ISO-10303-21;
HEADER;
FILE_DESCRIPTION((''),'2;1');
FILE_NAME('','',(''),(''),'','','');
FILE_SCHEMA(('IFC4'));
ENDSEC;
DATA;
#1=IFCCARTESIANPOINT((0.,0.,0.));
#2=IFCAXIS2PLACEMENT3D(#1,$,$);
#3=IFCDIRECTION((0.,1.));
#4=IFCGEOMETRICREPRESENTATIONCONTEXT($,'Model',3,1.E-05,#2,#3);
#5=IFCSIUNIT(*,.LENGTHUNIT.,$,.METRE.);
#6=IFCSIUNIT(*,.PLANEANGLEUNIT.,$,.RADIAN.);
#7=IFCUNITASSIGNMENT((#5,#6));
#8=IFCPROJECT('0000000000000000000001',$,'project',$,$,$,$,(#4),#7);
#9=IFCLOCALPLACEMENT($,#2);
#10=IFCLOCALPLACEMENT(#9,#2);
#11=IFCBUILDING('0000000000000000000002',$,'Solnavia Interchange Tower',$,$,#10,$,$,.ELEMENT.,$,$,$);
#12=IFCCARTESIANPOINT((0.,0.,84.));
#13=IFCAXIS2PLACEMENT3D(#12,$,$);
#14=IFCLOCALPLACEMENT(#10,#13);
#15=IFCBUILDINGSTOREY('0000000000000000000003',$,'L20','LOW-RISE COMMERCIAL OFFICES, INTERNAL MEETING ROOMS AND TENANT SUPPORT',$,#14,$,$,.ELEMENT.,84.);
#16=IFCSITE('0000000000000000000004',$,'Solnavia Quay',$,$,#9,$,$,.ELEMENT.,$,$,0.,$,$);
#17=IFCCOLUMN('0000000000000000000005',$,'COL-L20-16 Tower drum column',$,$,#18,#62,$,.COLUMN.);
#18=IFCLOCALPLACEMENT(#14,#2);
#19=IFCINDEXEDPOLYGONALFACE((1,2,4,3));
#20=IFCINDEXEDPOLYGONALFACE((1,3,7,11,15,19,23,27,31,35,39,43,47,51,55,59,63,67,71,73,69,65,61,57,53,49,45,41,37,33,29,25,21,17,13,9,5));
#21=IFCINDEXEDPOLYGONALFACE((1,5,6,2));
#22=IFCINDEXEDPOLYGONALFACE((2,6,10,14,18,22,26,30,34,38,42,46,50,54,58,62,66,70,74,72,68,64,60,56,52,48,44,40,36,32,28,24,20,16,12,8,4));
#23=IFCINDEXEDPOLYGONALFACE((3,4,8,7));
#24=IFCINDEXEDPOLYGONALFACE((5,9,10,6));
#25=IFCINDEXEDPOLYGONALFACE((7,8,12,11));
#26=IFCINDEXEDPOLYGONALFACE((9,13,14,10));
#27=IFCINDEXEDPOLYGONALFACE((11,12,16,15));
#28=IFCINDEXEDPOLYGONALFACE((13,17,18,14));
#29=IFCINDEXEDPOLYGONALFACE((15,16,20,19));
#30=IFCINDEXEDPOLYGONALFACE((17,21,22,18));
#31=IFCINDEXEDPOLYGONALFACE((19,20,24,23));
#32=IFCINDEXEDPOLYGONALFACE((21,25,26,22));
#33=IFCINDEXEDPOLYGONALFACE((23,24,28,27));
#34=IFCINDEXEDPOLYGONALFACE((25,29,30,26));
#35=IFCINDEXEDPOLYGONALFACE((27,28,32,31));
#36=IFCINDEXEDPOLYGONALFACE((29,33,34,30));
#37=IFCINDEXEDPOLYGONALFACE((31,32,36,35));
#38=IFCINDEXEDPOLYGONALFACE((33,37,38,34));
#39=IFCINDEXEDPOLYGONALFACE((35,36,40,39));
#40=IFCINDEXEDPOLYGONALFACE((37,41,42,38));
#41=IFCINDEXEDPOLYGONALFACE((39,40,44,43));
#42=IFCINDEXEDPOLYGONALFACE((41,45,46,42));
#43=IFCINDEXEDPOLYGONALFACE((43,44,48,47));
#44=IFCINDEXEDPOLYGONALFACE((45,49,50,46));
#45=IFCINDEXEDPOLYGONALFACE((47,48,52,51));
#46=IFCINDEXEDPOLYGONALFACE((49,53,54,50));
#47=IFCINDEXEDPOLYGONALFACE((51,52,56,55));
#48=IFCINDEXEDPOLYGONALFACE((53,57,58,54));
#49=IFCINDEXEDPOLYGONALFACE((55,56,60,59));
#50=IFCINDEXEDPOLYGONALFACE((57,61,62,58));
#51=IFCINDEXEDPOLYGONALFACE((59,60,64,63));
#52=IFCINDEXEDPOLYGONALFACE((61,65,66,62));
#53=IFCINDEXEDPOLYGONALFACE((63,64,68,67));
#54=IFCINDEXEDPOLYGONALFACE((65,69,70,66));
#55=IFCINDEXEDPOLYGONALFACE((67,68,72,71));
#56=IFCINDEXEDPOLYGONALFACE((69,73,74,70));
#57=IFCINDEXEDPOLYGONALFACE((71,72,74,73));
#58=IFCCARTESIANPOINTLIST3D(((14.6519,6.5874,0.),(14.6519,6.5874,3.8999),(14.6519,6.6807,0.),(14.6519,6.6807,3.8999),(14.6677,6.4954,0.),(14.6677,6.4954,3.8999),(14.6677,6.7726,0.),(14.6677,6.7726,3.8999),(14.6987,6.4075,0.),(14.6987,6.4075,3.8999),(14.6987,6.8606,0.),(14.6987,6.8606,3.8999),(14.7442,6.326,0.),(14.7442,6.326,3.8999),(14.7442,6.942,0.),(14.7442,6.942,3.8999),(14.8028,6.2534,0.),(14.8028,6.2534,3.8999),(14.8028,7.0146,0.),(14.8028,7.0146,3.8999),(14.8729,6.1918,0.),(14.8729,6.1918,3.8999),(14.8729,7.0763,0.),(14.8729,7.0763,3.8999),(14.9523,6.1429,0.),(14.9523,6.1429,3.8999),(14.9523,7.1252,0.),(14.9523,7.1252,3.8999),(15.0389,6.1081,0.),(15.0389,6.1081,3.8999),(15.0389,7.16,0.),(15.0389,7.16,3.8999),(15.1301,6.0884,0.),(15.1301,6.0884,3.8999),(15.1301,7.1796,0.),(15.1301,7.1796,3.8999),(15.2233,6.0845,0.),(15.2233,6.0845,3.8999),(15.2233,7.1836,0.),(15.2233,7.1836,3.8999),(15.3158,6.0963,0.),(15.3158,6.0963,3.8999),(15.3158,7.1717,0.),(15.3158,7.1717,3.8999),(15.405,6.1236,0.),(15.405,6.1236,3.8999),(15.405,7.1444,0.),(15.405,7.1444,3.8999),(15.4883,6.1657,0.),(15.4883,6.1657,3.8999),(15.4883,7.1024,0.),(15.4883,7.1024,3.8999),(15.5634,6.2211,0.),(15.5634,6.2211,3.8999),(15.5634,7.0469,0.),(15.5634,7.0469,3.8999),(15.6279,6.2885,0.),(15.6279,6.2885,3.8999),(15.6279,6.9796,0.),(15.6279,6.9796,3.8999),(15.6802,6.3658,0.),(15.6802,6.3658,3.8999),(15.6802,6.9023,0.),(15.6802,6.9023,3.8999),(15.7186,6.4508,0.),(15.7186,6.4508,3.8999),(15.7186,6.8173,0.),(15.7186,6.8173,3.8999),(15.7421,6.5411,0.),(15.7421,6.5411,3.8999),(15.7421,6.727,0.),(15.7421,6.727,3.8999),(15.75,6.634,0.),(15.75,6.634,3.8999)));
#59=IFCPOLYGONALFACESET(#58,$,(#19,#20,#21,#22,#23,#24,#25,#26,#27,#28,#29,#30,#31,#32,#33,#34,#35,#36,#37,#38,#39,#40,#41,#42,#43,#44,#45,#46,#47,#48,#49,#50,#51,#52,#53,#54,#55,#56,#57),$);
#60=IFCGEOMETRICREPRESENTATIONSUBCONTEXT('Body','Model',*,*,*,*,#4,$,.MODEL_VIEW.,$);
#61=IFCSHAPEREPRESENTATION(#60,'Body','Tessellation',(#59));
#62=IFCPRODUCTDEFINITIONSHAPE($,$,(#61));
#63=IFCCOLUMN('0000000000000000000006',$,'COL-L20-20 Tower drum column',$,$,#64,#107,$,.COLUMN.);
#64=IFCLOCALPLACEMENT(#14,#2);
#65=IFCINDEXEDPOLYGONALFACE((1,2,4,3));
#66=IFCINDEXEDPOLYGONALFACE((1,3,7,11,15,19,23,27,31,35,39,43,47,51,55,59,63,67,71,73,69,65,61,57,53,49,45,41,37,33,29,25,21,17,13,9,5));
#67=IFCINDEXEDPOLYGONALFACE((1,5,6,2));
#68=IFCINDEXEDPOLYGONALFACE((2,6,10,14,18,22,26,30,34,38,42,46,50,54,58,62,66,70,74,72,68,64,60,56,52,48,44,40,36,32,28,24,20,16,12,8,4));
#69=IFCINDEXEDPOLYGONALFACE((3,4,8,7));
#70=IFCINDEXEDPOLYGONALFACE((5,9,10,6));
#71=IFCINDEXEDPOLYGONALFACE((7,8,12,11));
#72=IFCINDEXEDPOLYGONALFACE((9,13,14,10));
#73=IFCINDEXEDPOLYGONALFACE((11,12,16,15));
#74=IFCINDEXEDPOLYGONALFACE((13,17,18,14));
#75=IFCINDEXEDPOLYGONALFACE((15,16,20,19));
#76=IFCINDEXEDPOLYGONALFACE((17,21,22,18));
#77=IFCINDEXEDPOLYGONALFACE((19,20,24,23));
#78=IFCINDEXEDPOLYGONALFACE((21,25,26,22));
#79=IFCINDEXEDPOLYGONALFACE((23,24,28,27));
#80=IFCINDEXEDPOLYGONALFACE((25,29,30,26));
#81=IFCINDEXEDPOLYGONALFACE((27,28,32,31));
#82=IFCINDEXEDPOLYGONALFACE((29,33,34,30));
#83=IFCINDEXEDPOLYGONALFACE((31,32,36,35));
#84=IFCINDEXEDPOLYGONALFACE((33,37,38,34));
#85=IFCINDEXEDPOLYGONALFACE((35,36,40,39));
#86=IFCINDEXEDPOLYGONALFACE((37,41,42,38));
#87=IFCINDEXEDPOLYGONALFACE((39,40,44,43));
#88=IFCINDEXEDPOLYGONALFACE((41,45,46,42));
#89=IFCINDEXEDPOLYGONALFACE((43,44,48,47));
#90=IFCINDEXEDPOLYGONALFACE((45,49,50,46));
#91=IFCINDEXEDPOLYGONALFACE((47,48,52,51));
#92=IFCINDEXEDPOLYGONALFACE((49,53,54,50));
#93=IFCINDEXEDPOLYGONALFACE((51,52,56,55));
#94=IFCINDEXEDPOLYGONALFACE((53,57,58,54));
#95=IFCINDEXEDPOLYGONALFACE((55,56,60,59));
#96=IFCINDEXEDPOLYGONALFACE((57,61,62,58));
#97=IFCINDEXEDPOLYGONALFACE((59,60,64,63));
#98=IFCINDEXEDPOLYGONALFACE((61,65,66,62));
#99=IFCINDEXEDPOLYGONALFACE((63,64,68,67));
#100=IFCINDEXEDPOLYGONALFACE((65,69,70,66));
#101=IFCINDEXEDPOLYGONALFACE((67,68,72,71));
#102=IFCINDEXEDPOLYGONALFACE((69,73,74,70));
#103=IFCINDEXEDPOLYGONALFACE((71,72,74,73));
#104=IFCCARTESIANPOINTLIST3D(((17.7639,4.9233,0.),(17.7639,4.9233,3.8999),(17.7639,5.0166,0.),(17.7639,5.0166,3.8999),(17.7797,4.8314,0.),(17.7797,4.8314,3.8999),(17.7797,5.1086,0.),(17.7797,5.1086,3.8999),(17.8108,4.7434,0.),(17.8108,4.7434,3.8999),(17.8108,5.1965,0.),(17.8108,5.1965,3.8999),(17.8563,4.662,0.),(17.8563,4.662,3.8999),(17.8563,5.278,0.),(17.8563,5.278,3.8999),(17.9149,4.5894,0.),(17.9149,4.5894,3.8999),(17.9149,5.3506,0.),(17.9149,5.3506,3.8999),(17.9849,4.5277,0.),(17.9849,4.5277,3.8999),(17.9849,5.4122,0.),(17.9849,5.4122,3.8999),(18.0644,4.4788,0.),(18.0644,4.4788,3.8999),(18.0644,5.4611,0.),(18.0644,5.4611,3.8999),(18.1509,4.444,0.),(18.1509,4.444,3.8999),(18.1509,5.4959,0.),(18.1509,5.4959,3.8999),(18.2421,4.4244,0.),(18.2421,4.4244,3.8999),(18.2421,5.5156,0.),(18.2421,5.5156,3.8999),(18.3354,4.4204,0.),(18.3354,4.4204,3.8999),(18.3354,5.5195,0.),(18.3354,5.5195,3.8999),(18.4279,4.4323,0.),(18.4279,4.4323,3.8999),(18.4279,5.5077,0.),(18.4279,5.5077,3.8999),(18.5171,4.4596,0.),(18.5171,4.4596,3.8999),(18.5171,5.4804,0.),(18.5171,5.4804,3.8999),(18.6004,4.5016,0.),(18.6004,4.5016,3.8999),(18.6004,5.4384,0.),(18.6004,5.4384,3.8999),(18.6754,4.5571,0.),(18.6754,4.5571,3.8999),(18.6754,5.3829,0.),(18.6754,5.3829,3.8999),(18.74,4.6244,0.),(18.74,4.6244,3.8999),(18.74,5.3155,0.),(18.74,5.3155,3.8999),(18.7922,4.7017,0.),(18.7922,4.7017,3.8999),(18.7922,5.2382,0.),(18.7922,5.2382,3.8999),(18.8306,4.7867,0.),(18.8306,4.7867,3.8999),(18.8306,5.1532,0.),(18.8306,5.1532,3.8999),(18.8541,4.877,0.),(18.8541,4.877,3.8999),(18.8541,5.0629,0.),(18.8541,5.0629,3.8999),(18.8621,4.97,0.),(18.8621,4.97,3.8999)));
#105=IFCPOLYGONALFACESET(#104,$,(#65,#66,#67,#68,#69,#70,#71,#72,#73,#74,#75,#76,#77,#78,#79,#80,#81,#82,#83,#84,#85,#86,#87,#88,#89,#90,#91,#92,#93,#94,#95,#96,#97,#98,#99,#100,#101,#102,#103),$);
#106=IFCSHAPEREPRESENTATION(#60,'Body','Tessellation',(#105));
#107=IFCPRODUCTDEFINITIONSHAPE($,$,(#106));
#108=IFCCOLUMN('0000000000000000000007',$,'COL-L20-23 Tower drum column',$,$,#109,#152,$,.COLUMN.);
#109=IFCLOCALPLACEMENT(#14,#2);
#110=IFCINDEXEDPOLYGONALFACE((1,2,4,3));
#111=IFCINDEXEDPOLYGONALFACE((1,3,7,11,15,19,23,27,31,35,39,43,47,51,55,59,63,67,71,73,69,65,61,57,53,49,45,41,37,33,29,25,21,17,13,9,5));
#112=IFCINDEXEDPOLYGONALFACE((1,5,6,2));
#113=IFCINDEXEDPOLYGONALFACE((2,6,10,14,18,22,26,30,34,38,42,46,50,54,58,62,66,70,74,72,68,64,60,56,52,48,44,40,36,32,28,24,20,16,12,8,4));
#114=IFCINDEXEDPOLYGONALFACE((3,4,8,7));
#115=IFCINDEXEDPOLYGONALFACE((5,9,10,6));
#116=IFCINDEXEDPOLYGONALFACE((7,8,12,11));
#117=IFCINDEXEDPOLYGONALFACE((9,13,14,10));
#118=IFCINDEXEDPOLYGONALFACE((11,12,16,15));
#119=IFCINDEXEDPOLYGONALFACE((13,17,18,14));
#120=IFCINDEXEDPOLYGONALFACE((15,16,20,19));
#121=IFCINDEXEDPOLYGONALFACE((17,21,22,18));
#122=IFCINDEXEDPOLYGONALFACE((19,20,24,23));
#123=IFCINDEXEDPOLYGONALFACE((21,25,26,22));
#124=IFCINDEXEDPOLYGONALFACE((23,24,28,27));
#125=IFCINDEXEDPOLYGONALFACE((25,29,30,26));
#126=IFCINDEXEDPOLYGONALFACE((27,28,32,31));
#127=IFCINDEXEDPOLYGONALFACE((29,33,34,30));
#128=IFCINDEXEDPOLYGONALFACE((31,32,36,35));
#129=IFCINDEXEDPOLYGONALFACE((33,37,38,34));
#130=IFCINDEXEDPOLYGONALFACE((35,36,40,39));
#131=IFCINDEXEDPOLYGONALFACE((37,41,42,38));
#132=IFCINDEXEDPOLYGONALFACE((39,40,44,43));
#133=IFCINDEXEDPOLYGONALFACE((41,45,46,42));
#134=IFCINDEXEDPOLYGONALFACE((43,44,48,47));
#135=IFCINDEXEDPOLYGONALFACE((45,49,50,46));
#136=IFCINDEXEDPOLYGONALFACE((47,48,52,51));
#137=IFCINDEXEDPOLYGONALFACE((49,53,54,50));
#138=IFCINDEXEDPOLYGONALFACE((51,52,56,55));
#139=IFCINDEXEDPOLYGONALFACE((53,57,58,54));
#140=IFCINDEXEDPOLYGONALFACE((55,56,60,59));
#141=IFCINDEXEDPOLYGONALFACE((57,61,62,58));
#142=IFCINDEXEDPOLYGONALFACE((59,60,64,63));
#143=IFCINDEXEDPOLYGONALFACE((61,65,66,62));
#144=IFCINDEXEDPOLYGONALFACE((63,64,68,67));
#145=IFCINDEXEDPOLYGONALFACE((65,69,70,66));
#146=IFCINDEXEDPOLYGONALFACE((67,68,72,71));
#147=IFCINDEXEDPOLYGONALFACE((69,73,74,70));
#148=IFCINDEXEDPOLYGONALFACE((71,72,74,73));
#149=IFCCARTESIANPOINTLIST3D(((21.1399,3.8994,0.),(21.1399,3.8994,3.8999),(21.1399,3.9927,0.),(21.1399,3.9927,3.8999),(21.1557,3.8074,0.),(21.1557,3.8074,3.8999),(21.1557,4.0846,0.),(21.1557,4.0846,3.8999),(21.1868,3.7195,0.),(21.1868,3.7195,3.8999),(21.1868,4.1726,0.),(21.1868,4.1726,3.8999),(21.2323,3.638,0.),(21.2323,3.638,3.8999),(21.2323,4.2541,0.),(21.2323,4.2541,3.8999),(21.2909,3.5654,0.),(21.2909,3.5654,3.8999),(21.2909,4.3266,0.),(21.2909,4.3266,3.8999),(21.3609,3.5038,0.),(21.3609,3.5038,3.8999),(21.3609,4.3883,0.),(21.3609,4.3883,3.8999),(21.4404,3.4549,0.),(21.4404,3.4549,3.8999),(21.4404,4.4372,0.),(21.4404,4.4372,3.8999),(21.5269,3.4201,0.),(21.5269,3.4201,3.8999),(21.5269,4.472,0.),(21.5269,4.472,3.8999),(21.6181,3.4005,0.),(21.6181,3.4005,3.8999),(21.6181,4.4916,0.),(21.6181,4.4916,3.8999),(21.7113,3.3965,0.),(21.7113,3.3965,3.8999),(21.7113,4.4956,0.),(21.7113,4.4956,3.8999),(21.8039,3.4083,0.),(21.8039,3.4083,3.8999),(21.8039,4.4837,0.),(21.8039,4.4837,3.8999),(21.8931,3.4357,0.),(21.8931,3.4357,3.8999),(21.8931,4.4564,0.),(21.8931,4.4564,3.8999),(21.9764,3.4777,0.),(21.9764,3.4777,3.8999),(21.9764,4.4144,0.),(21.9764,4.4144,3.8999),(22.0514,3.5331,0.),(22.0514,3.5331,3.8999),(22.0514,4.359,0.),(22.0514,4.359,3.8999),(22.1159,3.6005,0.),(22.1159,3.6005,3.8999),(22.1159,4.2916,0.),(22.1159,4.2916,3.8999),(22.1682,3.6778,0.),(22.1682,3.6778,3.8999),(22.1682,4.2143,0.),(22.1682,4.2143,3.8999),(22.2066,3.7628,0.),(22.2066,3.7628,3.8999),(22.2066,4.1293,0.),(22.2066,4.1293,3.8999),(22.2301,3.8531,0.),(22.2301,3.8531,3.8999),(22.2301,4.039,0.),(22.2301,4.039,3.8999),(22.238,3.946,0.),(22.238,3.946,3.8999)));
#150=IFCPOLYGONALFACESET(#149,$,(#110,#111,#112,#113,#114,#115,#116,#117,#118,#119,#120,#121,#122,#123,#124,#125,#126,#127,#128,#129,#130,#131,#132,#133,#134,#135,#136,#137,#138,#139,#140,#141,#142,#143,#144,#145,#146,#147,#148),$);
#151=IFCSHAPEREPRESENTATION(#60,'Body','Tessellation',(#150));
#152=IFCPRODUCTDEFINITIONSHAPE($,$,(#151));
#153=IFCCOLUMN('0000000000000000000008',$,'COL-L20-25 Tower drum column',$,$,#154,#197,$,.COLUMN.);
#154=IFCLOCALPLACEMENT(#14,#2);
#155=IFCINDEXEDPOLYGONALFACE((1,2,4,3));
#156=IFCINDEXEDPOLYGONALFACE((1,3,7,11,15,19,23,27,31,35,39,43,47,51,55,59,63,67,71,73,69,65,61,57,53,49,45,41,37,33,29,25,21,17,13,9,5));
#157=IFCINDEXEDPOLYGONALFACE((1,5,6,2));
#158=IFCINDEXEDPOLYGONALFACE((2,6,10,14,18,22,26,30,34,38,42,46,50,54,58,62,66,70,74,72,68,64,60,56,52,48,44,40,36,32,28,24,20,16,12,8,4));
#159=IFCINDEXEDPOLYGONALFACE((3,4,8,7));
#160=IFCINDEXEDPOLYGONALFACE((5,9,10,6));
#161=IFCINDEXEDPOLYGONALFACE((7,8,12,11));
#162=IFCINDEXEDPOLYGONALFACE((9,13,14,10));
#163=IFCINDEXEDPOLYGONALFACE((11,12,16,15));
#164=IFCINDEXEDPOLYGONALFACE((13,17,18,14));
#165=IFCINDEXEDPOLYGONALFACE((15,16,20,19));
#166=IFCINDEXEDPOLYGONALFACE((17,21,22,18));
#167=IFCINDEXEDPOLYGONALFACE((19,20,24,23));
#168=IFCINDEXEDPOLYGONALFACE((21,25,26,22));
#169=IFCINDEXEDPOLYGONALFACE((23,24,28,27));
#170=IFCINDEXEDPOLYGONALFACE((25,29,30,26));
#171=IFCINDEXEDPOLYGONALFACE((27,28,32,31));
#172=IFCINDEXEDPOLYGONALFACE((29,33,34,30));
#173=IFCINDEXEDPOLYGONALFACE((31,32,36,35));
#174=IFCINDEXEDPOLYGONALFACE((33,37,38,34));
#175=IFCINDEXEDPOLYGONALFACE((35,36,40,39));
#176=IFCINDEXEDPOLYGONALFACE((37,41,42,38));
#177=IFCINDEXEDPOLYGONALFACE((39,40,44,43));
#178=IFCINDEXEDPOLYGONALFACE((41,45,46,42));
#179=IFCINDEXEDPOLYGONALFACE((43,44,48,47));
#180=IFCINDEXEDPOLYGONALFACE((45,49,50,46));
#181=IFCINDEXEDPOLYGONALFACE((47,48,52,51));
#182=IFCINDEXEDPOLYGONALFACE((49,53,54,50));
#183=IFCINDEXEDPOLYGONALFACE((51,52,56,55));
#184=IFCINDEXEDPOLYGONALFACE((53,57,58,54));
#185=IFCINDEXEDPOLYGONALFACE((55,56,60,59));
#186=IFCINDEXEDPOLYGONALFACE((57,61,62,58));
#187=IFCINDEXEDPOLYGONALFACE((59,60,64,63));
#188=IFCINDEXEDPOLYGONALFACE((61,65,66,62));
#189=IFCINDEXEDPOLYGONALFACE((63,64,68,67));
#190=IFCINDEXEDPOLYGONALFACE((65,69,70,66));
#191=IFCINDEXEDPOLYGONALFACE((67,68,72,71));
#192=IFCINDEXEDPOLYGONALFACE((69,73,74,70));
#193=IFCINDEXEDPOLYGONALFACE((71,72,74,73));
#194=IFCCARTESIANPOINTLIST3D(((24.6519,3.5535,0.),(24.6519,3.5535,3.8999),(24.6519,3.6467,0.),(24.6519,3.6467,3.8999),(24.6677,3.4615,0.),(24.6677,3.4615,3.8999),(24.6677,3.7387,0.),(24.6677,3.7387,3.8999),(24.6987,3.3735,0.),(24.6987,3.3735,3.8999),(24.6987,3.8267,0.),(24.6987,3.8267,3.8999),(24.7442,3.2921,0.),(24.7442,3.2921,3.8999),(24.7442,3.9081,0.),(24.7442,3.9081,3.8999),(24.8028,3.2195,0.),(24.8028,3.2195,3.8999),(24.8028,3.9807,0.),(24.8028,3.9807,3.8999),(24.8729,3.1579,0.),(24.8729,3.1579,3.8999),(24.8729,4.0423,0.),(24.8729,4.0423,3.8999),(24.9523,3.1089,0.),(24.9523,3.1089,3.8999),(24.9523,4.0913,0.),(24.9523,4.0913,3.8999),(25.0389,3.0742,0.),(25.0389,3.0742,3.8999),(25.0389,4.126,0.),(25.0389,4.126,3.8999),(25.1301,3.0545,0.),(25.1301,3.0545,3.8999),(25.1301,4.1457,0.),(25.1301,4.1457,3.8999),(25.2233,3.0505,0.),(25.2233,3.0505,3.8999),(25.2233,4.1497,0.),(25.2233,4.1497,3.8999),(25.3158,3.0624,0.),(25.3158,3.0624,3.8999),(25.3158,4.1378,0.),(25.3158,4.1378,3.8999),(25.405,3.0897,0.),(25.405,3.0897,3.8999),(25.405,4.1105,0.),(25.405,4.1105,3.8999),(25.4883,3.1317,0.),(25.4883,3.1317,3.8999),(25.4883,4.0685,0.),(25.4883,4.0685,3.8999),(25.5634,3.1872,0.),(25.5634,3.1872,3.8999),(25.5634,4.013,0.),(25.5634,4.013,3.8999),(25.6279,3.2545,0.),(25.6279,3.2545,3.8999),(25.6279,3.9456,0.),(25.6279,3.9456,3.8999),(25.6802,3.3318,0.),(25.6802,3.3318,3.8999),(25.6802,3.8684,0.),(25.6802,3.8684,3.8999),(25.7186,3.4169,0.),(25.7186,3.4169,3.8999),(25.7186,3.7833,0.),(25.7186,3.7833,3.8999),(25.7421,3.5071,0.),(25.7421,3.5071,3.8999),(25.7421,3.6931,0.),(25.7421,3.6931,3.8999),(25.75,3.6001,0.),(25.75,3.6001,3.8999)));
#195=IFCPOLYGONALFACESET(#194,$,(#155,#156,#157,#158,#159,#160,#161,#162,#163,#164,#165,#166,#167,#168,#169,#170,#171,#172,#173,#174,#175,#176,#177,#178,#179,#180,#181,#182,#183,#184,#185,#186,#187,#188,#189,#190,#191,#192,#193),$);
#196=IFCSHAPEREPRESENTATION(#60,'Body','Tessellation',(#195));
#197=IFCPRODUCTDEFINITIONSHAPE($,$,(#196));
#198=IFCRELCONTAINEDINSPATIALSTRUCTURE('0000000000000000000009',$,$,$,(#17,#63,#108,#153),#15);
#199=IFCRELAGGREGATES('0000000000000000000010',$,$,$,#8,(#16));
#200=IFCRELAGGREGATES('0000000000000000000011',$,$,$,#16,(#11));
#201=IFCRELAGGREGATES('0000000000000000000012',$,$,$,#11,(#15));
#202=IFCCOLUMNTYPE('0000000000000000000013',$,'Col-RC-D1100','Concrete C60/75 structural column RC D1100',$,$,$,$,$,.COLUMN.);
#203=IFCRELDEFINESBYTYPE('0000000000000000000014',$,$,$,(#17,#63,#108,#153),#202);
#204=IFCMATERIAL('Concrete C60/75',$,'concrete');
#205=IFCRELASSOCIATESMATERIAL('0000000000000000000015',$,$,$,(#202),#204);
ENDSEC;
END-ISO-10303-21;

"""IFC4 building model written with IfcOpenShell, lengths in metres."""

from ifc_helpers import new_model, si_unit, direction, frame, origin, origin_2d, place, context, subcontext, project, spatial, circle, extrude, material, material_profile, profile_set, type_object, element, save


model = new_model("IFC4")

# Units and contexts
model_context = context("Model", 3, precision=1e-05, world=origin(), true_north=direction((0.0, 1.0)))
body_context = subcontext(model_context, "Body", "Model", "MODEL_VIEW")
ifc_project = project(units=[si_unit("LENGTHUNIT", "METRE"), si_unit("PLANEANGLEUNIT", "RADIAN")], contexts=[model_context])

# Site, building, storey
site_placement = place(None, origin())
site = spatial("IfcSite", under=ifc_project, at=site_placement, Name="Solnavia Quay", CompositionType="ELEMENT", RefElevation=0.0)
building_placement = place(site_placement, origin())
building = spatial("IfcBuilding", under=site, at=building_placement, Name="Solnavia Interchange Tower", CompositionType="ELEMENT")
storey_placement = place(building_placement, frame((0.0, 0.0, 84.0)))
storey = spatial("IfcBuildingStorey", under=building, at=storey_placement, Name="L20", Description="LOW-RISE COMMERCIAL OFFICES, INTERNAL MEETING ROOMS AND TENANT SUPPORT", CompositionType="ELEMENT", Elevation=84.0)

# Columns
ifc_material_1 = material(Name="Concrete C60/75", Category="concrete")
ifc_material_profile_1 = material_profile(ifc_material_1, circle(Radius=0.55, at=origin_2d()), Name="RC D1100")
ifc_profile_set_1 = profile_set([ifc_material_profile_1], Name="Concrete C60/75")
column_type_1 = type_object("IfcColumnType", Name="Col-RC-D1100", Description="Concrete C60/75 structural column RC D1100", PredefinedType="COLUMN", material=ifc_profile_set_1)
for number, where, z_axis, x_axis, name in (
    (1, (15.2, 6.634, 0.0), (0.0, 0.0, 1.0), (1.0, 0.0, 0.0), "COL-L20-16 Tower drum column"),
    (2, (18.312, 4.97, 0.0), (0.0, 0.0, 1.0), (1.0, 0.0, 0.0), "COL-L20-20 Tower drum column"),
    (3, (21.688, 3.946, 0.0), (0.0, 0.0, 1.0), (1.0, 0.0, 0.0), "COL-L20-23 Tower drum column"),
    (4, (25.2, 3.6001, 0.0), (0.0, 0.0, 1.0), (1.0, 0.0, 0.0), "COL-L20-25 Tower drum column"),
):
    element("IfcColumn", number, at=place(storey_placement, frame(where, z_axis=z_axis, x_axis=x_axis)), inside=storey, type_object=column_type_1, Name=name, PredefinedType="COLUMN", context=body_context, shape_type="SweptSolid", body=[
        extrude(circle(Radius=0.55, at=origin_2d()), origin(), (0.0, 0.0, 1.0), 3.8999),
    ])

save(model, "model.ifc")
